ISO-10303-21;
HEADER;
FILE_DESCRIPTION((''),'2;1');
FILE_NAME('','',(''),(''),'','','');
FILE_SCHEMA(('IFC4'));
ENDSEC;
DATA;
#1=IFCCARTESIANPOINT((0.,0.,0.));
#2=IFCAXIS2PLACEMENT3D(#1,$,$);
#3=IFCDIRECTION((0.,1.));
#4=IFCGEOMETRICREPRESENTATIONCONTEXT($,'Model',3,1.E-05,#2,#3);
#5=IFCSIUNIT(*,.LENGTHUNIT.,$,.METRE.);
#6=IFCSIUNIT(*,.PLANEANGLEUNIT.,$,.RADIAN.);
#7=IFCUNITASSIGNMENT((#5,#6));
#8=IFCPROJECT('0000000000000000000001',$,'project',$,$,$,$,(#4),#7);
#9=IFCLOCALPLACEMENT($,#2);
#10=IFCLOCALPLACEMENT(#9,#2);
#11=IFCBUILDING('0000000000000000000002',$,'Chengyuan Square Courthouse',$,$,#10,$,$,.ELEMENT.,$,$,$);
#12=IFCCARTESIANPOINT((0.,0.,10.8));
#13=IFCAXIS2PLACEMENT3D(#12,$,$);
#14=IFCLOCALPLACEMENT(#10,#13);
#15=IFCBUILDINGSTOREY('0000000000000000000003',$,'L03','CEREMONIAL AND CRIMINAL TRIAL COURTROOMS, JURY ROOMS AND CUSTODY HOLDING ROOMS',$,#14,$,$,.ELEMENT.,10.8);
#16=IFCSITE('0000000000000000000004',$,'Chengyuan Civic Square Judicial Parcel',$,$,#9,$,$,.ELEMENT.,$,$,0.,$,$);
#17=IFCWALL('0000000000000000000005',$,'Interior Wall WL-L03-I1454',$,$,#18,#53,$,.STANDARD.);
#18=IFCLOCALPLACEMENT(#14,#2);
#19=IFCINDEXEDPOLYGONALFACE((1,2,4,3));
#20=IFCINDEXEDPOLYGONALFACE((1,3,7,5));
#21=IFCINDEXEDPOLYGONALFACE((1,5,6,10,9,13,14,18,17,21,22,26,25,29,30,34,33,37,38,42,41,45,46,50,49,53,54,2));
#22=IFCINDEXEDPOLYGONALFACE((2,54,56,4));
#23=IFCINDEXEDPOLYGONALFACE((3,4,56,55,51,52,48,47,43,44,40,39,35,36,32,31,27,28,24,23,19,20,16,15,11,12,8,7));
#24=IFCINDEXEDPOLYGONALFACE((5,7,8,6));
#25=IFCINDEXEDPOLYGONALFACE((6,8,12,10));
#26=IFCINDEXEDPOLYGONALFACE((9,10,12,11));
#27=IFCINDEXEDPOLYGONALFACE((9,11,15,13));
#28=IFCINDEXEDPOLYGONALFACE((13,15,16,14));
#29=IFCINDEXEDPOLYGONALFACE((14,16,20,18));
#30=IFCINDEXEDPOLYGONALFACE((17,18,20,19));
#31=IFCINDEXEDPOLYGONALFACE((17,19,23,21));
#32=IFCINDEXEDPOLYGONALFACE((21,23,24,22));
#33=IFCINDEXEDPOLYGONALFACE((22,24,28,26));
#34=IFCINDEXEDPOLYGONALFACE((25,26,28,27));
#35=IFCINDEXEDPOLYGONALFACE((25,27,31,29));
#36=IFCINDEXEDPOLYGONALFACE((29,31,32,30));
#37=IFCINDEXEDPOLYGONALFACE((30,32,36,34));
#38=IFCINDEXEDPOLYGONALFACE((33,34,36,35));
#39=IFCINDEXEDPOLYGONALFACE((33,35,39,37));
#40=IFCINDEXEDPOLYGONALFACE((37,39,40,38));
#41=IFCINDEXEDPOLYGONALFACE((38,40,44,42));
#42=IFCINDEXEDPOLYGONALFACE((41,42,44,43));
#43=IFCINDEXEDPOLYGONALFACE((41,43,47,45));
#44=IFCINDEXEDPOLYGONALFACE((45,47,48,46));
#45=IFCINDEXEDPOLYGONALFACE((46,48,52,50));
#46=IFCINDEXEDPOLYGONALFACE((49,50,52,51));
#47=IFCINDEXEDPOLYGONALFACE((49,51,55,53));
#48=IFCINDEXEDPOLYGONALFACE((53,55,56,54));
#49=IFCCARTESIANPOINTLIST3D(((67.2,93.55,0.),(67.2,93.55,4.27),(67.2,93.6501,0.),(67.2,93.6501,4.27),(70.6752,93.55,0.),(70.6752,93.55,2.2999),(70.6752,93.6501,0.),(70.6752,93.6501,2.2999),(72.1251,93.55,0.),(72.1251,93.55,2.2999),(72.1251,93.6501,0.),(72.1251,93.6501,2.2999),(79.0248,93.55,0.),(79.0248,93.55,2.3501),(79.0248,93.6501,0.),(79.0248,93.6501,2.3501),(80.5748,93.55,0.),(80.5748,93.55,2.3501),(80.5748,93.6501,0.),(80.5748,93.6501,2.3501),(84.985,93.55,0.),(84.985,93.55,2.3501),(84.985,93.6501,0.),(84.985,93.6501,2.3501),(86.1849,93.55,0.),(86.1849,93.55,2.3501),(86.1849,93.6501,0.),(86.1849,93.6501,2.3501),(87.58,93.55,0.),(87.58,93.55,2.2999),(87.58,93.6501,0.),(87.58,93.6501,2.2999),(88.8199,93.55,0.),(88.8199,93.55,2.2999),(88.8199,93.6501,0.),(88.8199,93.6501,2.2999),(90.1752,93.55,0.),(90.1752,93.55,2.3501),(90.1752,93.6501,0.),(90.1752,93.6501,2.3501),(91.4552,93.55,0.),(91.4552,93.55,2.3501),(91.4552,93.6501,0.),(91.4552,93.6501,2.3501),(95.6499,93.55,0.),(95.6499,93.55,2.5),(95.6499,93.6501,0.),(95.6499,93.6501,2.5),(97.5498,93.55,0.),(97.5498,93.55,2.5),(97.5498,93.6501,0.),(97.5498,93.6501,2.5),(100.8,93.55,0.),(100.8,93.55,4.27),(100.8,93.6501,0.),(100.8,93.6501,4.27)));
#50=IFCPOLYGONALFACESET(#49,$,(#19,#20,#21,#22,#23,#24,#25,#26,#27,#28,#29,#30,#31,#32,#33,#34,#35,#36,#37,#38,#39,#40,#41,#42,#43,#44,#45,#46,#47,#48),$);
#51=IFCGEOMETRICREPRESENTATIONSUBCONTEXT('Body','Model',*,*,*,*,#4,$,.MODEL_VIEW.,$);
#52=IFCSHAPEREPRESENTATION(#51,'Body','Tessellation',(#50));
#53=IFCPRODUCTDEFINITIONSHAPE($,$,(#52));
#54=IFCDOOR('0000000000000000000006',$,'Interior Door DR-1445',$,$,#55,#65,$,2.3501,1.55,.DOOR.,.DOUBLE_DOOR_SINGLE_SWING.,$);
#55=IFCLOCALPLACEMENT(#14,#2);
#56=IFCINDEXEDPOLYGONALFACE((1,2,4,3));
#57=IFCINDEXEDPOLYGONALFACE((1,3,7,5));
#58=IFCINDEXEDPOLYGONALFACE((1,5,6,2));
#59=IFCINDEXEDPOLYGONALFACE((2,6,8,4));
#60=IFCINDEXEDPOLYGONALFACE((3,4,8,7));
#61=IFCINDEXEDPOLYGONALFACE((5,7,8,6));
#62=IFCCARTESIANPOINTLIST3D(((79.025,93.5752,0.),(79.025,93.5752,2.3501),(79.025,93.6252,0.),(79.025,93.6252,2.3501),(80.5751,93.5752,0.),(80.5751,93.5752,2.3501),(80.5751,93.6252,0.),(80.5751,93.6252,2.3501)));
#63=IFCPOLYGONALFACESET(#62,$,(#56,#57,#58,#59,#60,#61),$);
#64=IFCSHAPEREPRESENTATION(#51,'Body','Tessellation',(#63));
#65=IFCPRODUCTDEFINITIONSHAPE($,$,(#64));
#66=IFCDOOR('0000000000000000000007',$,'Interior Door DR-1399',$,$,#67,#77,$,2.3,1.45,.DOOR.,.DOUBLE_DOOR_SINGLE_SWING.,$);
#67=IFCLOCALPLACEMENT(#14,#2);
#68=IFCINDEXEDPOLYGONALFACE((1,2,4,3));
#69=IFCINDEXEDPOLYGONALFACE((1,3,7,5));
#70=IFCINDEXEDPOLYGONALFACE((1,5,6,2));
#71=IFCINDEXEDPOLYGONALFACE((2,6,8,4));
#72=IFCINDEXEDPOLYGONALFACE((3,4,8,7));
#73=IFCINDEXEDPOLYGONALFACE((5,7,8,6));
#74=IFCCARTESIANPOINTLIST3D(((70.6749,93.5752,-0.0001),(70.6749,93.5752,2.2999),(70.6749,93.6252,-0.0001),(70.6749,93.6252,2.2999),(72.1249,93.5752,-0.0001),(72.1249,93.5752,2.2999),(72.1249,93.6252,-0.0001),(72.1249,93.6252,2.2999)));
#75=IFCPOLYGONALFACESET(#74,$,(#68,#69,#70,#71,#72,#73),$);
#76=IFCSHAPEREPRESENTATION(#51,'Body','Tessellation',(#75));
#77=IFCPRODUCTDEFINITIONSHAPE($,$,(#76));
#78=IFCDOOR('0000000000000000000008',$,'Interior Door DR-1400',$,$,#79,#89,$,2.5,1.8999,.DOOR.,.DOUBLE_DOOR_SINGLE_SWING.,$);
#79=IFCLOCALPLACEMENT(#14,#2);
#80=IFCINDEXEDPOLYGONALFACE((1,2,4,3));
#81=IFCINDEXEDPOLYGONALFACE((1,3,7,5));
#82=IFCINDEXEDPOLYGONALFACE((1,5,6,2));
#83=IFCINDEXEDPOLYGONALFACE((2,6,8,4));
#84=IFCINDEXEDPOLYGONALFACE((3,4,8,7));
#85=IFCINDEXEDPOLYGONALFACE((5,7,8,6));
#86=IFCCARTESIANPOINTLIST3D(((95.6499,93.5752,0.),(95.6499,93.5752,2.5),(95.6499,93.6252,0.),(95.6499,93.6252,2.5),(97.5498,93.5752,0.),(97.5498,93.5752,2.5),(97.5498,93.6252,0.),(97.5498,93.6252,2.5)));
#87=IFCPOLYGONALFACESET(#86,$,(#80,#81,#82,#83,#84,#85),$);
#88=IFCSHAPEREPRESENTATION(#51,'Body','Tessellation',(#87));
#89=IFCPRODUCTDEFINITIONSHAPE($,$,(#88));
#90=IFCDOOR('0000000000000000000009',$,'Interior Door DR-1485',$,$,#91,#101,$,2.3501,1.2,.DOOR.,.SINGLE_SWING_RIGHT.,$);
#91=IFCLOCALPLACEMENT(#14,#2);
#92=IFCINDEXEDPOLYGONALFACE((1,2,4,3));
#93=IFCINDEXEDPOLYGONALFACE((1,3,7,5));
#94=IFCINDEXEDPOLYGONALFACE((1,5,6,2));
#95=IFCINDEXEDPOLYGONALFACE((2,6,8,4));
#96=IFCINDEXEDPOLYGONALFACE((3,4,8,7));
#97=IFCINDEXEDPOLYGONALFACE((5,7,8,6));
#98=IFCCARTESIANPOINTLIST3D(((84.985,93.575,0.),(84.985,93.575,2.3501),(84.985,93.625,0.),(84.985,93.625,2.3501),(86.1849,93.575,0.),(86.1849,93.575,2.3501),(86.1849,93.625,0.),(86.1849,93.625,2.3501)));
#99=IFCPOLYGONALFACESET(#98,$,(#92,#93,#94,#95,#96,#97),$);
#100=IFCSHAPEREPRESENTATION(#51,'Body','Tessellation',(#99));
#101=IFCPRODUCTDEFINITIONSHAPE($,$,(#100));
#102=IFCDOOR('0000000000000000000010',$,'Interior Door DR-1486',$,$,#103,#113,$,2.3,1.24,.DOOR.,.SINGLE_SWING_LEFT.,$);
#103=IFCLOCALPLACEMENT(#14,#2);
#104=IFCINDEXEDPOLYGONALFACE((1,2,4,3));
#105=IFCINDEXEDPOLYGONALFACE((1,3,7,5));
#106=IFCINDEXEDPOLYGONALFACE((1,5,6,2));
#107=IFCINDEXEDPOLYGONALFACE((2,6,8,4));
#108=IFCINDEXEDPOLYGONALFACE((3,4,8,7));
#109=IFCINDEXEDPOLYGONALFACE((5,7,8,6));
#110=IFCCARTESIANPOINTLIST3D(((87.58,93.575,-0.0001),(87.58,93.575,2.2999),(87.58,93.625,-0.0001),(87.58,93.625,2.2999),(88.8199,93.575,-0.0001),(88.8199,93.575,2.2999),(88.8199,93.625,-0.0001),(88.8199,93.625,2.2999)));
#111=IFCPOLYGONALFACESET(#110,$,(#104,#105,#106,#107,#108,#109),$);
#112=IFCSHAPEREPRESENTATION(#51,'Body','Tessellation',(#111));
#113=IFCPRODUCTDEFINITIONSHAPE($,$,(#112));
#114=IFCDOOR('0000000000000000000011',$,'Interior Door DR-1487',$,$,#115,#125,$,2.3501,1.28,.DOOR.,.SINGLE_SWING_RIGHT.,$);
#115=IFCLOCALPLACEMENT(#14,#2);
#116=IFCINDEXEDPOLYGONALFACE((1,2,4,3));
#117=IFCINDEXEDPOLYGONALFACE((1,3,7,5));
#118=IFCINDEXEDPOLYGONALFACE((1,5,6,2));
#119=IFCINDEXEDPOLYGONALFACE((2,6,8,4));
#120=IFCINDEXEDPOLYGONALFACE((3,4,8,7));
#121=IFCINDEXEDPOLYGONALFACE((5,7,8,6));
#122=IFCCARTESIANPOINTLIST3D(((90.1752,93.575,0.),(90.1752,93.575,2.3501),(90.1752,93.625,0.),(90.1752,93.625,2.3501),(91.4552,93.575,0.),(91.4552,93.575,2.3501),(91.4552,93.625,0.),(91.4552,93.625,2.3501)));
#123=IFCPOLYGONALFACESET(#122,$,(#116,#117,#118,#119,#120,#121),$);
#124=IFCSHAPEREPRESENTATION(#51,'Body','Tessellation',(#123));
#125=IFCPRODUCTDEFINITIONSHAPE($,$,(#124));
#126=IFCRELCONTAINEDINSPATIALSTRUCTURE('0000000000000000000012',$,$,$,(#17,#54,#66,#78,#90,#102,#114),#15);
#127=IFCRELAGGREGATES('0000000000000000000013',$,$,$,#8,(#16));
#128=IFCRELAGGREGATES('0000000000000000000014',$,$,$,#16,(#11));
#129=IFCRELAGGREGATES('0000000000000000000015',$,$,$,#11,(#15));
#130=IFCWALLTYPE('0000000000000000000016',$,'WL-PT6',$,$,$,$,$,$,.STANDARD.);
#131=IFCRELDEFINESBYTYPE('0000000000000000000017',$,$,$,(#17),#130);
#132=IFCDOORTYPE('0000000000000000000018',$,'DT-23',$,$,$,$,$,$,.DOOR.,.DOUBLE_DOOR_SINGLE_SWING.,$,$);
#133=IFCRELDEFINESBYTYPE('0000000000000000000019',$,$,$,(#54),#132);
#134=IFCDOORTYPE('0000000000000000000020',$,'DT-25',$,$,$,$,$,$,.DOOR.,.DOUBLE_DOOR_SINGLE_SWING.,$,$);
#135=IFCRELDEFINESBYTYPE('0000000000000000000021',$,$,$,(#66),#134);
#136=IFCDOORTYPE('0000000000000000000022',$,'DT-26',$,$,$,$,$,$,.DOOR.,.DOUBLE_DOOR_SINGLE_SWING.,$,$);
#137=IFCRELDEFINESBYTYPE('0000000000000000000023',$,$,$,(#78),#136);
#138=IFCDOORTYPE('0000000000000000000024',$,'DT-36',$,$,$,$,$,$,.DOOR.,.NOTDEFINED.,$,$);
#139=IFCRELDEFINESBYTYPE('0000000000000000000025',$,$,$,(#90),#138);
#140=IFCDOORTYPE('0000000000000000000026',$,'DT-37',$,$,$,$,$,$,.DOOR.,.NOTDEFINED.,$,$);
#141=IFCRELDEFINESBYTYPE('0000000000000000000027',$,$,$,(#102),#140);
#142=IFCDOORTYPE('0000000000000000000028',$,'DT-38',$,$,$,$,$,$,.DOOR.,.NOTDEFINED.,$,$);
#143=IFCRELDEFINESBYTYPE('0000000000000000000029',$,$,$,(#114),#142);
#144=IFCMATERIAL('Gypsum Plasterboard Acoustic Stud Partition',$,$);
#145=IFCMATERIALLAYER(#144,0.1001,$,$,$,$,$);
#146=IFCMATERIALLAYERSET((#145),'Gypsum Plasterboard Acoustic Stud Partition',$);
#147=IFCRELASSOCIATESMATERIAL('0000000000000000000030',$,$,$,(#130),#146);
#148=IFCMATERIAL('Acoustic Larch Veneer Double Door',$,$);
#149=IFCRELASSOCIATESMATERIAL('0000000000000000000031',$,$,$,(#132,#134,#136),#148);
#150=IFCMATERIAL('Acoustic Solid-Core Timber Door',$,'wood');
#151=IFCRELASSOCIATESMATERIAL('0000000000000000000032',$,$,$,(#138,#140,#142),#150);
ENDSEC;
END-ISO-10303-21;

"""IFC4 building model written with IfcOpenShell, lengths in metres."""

from ifc_helpers import new_model, si_unit, direction, frame, frame_2d, origin, place, context, subcontext, project, spatial, rectangle, extrude, material, layer, layer_set, type_object, element, fill, save


model = new_model("IFC4")

# Units and contexts
model_context = context("Model", 3, precision=1e-05, world=origin(), true_north=direction((0.0, 1.0)))
body_context = subcontext(model_context, "Body", "Model", "MODEL_VIEW")
ifc_project = project(units=[si_unit("LENGTHUNIT", "METRE"), si_unit("PLANEANGLEUNIT", "RADIAN")], contexts=[model_context])

# Site, building, storey
site_placement = place(None, origin())
site = spatial("IfcSite", under=ifc_project, at=site_placement, Name="Chengyuan Civic Square Judicial Parcel", CompositionType="ELEMENT", RefElevation=0.0)
building_placement = place(site_placement, origin())
building = spatial("IfcBuilding", under=site, at=building_placement, Name="Chengyuan Square Courthouse", CompositionType="ELEMENT")
storey_placement = place(building_placement, frame((0.0, 0.0, 10.8)))
storey = spatial("IfcBuildingStorey", under=building, at=storey_placement, Name="L03", Description="CEREMONIAL AND CRIMINAL TRIAL COURTROOMS, JURY ROOMS AND CUSTODY HOLDING ROOMS", CompositionType="ELEMENT", Elevation=10.8)

# Wall, openings, doors
ifc_material_1 = material(Name="Gypsum Plasterboard Acoustic Stud Partition")
ifc_layer_1 = layer(ifc_material_1, 0.1001)
ifc_layer_set_1 = layer_set([ifc_layer_1], Name="Gypsum Plasterboard Acoustic Stud Partition")
wall_type_1 = type_object("IfcWallType", Name="WL-PT6", PredefinedType="STANDARD", material=ifc_layer_set_1)
wall_1_placement = place(storey_placement, frame((67.2, 93.6001, 0.0), z_axis=(0.0, 0.0, 1.0), x_axis=(1.0, 0.0, 0.0)))
wall_1 = element("IfcWall", 1, at=wall_1_placement, inside=storey, type_object=wall_type_1, Name="Interior Wall WL-L03-I1454", PredefinedType="STANDARD", context=body_context, shape_type="SweptSolid", body=[
    extrude(rectangle(XDim=33.6001, YDim=0.1001, at=frame_2d((16.8, 0.0))), origin(), (0.0, 0.0, 1.0), 4.27),
])
opening_1_placement = place(wall_1_placement, frame((3.4751, 0.0, 0.0)))
opening_1 = element("IfcOpeningElement", 2, at=opening_1_placement, cuts=wall_1, PredefinedType="OPENING", context=body_context, shape_type="SweptSolid", body=[
    extrude(rectangle(XDim=1.45, YDim=2.3, at=frame_2d((0.7251, 1.1499))), frame((0.0, 0.062, 0.0), z_axis=(0.0, -1.0, 0.0), x_axis=(1.0, 0.0, 0.0)), (0.0, 0.0, 1.0), 0.124),
])
opening_2_placement = place(wall_1_placement, frame((28.45, 0.0, 0.0)))
opening_2 = element("IfcOpeningElement", 3, at=opening_2_placement, cuts=wall_1, PredefinedType="OPENING", context=body_context, shape_type="SweptSolid", body=[
    extrude(rectangle(XDim=1.8999, YDim=2.5, at=frame_2d((0.95, 1.25))), frame((0.0, 0.062, 0.0), z_axis=(0.0, -1.0, 0.0), x_axis=(1.0, 0.0, 0.0)), (0.0, 0.0, 1.0), 0.124),
])
opening_3_placement = place(wall_1_placement, frame((11.825, 0.0, 0.0)))
opening_3 = element("IfcOpeningElement", 4, at=opening_3_placement, cuts=wall_1, PredefinedType="OPENING", context=body_context, shape_type="SweptSolid", body=[
    extrude(rectangle(XDim=1.55, YDim=2.3501, at=frame_2d((0.7749, 1.175))), frame((0.0, 0.062, 0.0), z_axis=(0.0, -1.0, 0.0), x_axis=(1.0, 0.0, 0.0)), (0.0, 0.0, 1.0), 0.124),
])
opening_4_placement = place(wall_1_placement, frame((17.7849, 0.0, 0.0)))
opening_4 = element("IfcOpeningElement", 5, at=opening_4_placement, cuts=wall_1, PredefinedType="OPENING", context=body_context, shape_type="SweptSolid", body=[
    extrude(rectangle(XDim=1.2, YDim=2.3501, at=frame_2d((0.6001, 1.175))), frame((0.0, 0.062, 0.0), z_axis=(0.0, -1.0, 0.0), x_axis=(1.0, 0.0, 0.0)), (0.0, 0.0, 1.0), 0.124),
])
opening_5_placement = place(wall_1_placement, frame((20.3799, 0.0, 0.0)))
opening_5 = element("IfcOpeningElement", 6, at=opening_5_placement, cuts=wall_1, PredefinedType="OPENING", context=body_context, shape_type="SweptSolid", body=[
    extrude(rectangle(XDim=1.24, YDim=2.3, at=frame_2d((0.6201, 1.1499))), frame((0.0, 0.062, 0.0), z_axis=(0.0, -1.0, 0.0), x_axis=(1.0, 0.0, 0.0)), (0.0, 0.0, 1.0), 0.124),
])
opening_6_placement = place(wall_1_placement, frame((22.9751, 0.0, 0.0)))
opening_6 = element("IfcOpeningElement", 7, at=opening_6_placement, cuts=wall_1, PredefinedType="OPENING", context=body_context, shape_type="SweptSolid", body=[
    extrude(rectangle(XDim=1.28, YDim=2.3501, at=frame_2d((0.6401, 1.175))), frame((0.0, 0.062, 0.0), z_axis=(0.0, -1.0, 0.0), x_axis=(1.0, 0.0, 0.0)), (0.0, 0.0, 1.0), 0.124),
])
ifc_material_2 = material(Name="Acoustic Larch Veneer Double Door")
door_type_1 = type_object("IfcDoorType", Name="DT-23", OperationType="DOUBLE_DOOR_SINGLE_SWING", PredefinedType="DOOR", material=ifc_material_2)
door_1_placement = place(opening_3_placement, frame((1.55, 0.0, 0.0), z_axis=(0.0, 0.0, 1.0), x_axis=(-1.0, 0.0, 0.0)))
door_1 = element("IfcDoor", 8, at=door_1_placement, inside=storey, type_object=door_type_1, Name="Interior Door DR-1445", OperationType="DOUBLE_DOOR_SINGLE_SWING", OverallHeight=2.3501, OverallWidth=1.55, PredefinedType="DOOR", context=body_context, shape_type="SweptSolid", body=[
    extrude(rectangle(XDim=1.55, YDim=2.3501, at=frame_2d((0.7749, 1.175))), frame((0.0, 0.0249, 0.0), z_axis=(0.0, -1.0, 0.0), x_axis=(1.0, 0.0, 0.0)), (0.0, 0.0, 1.0), 0.05),
])
fill(opening_3, door_1)
door_type_2 = type_object("IfcDoorType", Name="DT-25", OperationType="DOUBLE_DOOR_SINGLE_SWING", PredefinedType="DOOR", material=ifc_material_2)
door_2_placement = place(opening_1_placement, frame((1.45, 0.0, 0.0), z_axis=(0.0, 0.0, 1.0), x_axis=(-1.0, 0.0, 0.0)))
door_2 = element("IfcDoor", 9, at=door_2_placement, inside=storey, type_object=door_type_2, Name="Interior Door DR-1399", OperationType="DOUBLE_DOOR_SINGLE_SWING", OverallHeight=2.3, OverallWidth=1.45, PredefinedType="DOOR", context=body_context, shape_type="SweptSolid", body=[
    extrude(rectangle(XDim=1.45, YDim=2.3, at=frame_2d((0.7251, 1.1499))), frame((0.0, 0.0249, 0.0), z_axis=(0.0, -1.0, 0.0), x_axis=(1.0, 0.0, 0.0)), (0.0, 0.0, 1.0), 0.05),
])
fill(opening_1, door_2)
door_type_3 = type_object("IfcDoorType", Name="DT-26", OperationType="DOUBLE_DOOR_SINGLE_SWING", PredefinedType="DOOR", material=ifc_material_2)
door_3_placement = place(opening_2_placement, frame((1.8999, 0.0, 0.0), z_axis=(0.0, 0.0, 1.0), x_axis=(-1.0, 0.0, 0.0)))
door_3 = element("IfcDoor", 10, at=door_3_placement, inside=storey, type_object=door_type_3, Name="Interior Door DR-1400", OperationType="DOUBLE_DOOR_SINGLE_SWING", OverallHeight=2.5, OverallWidth=1.8999, PredefinedType="DOOR", context=body_context, shape_type="SweptSolid", body=[
    extrude(rectangle(XDim=1.8999, YDim=2.5, at=frame_2d((0.95, 1.25))), frame((0.0, 0.0249, 0.0), z_axis=(0.0, -1.0, 0.0), x_axis=(1.0, 0.0, 0.0)), (0.0, 0.0, 1.0), 0.05),
])
fill(opening_2, door_3)
ifc_material_3 = material(Name="Acoustic Solid-Core Timber Door", Category="wood")
door_type_4 = type_object("IfcDoorType", Name="DT-36", OperationType="NOTDEFINED", PredefinedType="DOOR", material=ifc_material_3)
door_4_placement = place(opening_4_placement, origin())
door_4 = element("IfcDoor", 11, at=door_4_placement, inside=storey, type_object=door_type_4, Name="Interior Door DR-1485", OperationType="SINGLE_SWING_RIGHT", OverallHeight=2.3501, OverallWidth=1.2, PredefinedType="DOOR", context=body_context, shape_type="SweptSolid", body=[
    extrude(rectangle(XDim=1.2, YDim=2.3501, at=frame_2d((0.6001, 1.175))), frame((0.0, 0.0249, 0.0), z_axis=(0.0, -1.0, 0.0), x_axis=(1.0, 0.0, 0.0)), (0.0, 0.0, 1.0), 0.05),
])
fill(opening_4, door_4)
door_type_5 = type_object("IfcDoorType", Name="DT-37", OperationType="NOTDEFINED", PredefinedType="DOOR", material=ifc_material_3)
door_5_placement = place(opening_5_placement, origin())
door_5 = element("IfcDoor", 12, at=door_5_placement, inside=storey, type_object=door_type_5, Name="Interior Door DR-1486", OperationType="SINGLE_SWING_LEFT", OverallHeight=2.3, OverallWidth=1.24, PredefinedType="DOOR", context=body_context, shape_type="SweptSolid", body=[
    extrude(rectangle(XDim=1.24, YDim=2.3, at=frame_2d((0.6201, 1.1499))), frame((0.0, 0.0249, 0.0), z_axis=(0.0, -1.0, 0.0), x_axis=(1.0, 0.0, 0.0)), (0.0, 0.0, 1.0), 0.05),
])
fill(opening_5, door_5)
door_type_6 = type_object("IfcDoorType", Name="DT-38", OperationType="NOTDEFINED", PredefinedType="DOOR", material=ifc_material_3)
door_6_placement = place(opening_6_placement, origin())
door_6 = element("IfcDoor", 13, at=door_6_placement, inside=storey, type_object=door_type_6, Name="Interior Door DR-1487", OperationType="SINGLE_SWING_RIGHT", OverallHeight=2.3501, OverallWidth=1.28, PredefinedType="DOOR", context=body_context, shape_type="SweptSolid", body=[
    extrude(rectangle(XDim=1.28, YDim=2.3501, at=frame_2d((0.6401, 1.175))), frame((0.0, 0.0249, 0.0), z_axis=(0.0, -1.0, 0.0), x_axis=(1.0, 0.0, 0.0)), (0.0, 0.0, 1.0), 0.05),
])
fill(opening_6, door_6)

save(model, "model.ifc")
